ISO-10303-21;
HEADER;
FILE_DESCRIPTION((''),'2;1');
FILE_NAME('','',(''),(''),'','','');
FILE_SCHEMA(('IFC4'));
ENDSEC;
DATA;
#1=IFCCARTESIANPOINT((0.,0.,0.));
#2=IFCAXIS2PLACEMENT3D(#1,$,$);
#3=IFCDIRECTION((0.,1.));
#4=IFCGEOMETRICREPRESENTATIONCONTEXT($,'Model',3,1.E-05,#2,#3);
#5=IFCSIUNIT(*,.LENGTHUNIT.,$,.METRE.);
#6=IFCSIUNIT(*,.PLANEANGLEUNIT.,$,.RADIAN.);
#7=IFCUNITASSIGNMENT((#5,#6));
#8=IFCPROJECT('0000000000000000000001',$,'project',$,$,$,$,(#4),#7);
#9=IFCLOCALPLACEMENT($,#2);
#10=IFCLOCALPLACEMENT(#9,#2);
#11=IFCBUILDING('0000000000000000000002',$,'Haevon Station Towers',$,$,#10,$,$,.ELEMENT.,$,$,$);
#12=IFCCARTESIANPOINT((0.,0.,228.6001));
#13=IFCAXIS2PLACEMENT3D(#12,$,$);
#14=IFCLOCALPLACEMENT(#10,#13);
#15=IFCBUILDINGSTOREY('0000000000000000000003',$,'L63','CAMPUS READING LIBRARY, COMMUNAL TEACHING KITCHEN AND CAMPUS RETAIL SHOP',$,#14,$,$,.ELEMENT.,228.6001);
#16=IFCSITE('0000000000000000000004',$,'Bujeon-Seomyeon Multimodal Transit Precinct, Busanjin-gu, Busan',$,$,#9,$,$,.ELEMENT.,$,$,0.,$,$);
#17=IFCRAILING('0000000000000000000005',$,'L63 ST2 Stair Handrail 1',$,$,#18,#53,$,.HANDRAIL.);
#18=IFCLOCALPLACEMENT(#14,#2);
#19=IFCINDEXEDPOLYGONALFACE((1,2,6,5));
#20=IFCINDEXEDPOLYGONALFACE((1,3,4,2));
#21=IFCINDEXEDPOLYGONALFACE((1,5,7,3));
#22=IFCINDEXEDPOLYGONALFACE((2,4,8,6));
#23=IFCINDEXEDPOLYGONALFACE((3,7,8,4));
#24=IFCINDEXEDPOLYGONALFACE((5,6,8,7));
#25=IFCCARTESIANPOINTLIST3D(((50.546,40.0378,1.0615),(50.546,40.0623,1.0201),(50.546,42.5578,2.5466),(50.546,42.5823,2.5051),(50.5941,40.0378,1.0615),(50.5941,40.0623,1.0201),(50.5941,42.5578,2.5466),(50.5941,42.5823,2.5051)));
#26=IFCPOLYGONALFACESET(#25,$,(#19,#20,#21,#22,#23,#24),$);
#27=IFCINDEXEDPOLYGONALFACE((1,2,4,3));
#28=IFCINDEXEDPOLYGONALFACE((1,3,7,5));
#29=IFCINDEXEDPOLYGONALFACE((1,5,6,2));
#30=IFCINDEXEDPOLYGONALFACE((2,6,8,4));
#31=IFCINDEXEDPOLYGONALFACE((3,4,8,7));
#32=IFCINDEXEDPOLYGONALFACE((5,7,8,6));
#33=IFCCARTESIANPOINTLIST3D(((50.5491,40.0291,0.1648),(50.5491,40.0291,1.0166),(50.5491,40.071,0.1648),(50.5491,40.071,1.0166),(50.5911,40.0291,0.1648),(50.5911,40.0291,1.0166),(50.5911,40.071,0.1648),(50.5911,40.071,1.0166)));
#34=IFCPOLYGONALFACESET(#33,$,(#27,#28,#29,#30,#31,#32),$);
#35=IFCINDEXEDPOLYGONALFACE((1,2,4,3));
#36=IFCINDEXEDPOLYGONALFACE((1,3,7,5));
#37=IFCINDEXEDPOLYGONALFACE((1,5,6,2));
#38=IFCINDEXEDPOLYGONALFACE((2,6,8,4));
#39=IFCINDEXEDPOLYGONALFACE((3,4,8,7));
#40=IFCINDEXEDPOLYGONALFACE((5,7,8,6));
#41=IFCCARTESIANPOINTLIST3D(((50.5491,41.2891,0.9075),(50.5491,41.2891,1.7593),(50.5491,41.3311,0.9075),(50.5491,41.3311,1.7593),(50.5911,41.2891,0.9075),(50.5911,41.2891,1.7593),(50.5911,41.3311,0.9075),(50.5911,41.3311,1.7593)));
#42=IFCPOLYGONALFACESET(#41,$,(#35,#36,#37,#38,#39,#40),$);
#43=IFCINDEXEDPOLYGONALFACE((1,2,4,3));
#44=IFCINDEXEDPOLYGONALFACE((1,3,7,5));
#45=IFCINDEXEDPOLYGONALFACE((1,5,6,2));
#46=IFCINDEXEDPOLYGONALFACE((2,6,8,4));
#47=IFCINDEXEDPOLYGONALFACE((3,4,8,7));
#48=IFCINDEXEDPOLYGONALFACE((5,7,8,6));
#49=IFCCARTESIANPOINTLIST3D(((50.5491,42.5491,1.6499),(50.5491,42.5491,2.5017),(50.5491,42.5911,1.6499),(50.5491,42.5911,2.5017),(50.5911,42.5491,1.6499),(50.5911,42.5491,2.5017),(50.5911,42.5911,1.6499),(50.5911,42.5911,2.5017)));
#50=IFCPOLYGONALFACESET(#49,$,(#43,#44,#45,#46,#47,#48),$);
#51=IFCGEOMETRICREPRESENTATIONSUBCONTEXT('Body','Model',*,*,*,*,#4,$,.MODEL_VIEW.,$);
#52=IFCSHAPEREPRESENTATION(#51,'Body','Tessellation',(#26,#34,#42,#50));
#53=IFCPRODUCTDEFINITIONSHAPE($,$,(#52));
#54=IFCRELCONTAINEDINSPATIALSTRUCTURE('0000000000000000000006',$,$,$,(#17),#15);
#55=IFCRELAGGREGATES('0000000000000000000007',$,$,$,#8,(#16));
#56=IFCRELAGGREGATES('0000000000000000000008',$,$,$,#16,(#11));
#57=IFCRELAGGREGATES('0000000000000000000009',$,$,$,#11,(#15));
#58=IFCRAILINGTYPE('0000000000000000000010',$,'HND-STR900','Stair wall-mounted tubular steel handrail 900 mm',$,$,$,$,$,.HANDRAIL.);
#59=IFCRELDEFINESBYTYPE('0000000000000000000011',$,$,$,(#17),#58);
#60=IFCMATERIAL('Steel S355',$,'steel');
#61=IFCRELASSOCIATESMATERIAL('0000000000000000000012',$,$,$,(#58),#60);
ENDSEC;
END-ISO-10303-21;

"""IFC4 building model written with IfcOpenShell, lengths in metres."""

from ifc_helpers import new_model, si_unit, direction, frame, origin, origin_2d, place, context, subcontext, project, spatial, rectangle, extrude, material, type_object, element, save


model = new_model("IFC4")

# Units and contexts
model_context = context("Model", 3, precision=1e-05, world=origin(), true_north=direction((0.0, 1.0)))
body_context = subcontext(model_context, "Body", "Model", "MODEL_VIEW")
ifc_project = project(units=[si_unit("LENGTHUNIT", "METRE"), si_unit("PLANEANGLEUNIT", "RADIAN")], contexts=[model_context])

# Site, building, storey
site_placement = place(None, origin())
site = spatial("IfcSite", under=ifc_project, at=site_placement, Name="Bujeon-Seomyeon Multimodal Transit Precinct, Busanjin-gu, Busan", CompositionType="ELEMENT", RefElevation=0.0)
building_placement = place(site_placement, origin())
building = spatial("IfcBuilding", under=site, at=building_placement, Name="Haevon Station Towers", CompositionType="ELEMENT")
storey_placement = place(building_placement, frame((0.0, 0.0, 228.6001)))
storey = spatial("IfcBuildingStorey", under=building, at=storey_placement, Name="L63", Description="CAMPUS READING LIBRARY, COMMUNAL TEACHING KITCHEN AND CAMPUS RETAIL SHOP", CompositionType="ELEMENT", Elevation=228.6001)

# Shared definitions
ifc_material_1 = material(Name="Steel S355", Category="steel")

# Railing
railing_type_1 = type_object("IfcRailingType", Name="HND-STR900", Description="Stair wall-mounted tubular steel handrail 900 mm", PredefinedType="HANDRAIL", material=ifc_material_1)
railing_1_placement = place(storey_placement, frame((50.5701, 40.05, 0.1648)))
element("IfcRailing", 1, at=railing_1_placement, inside=storey, type_object=railing_type_1, Name="L63 ST2 Stair Handrail 1", PredefinedType="HANDRAIL", context=body_context, shape_type="SweptSolid", body=[
    extrude(rectangle(XDim=0.0481, YDim=0.0481, at=origin_2d()), frame((0.0, 0.0, 0.876), z_axis=(0.0, 0.861524, 0.507717), x_axis=(-1.0, 0.0, 0.0)), (0.0, 0.0, 1.0), 2.925),
    extrude(rectangle(XDim=0.042, YDim=0.042, at=origin_2d()), origin(), (0.0, 0.0, 1.0), 0.8518),
    extrude(rectangle(XDim=0.042, YDim=0.042, at=origin_2d()), frame((0.0, 1.26, 0.7427)), (0.0, 0.0, 1.0), 0.8518),
    extrude(rectangle(XDim=0.042, YDim=0.042, at=origin_2d()), frame((0.0, 2.52, 1.4851)), (0.0, 0.0, 1.0), 0.8518),
])

save(model, "model.ifc")
